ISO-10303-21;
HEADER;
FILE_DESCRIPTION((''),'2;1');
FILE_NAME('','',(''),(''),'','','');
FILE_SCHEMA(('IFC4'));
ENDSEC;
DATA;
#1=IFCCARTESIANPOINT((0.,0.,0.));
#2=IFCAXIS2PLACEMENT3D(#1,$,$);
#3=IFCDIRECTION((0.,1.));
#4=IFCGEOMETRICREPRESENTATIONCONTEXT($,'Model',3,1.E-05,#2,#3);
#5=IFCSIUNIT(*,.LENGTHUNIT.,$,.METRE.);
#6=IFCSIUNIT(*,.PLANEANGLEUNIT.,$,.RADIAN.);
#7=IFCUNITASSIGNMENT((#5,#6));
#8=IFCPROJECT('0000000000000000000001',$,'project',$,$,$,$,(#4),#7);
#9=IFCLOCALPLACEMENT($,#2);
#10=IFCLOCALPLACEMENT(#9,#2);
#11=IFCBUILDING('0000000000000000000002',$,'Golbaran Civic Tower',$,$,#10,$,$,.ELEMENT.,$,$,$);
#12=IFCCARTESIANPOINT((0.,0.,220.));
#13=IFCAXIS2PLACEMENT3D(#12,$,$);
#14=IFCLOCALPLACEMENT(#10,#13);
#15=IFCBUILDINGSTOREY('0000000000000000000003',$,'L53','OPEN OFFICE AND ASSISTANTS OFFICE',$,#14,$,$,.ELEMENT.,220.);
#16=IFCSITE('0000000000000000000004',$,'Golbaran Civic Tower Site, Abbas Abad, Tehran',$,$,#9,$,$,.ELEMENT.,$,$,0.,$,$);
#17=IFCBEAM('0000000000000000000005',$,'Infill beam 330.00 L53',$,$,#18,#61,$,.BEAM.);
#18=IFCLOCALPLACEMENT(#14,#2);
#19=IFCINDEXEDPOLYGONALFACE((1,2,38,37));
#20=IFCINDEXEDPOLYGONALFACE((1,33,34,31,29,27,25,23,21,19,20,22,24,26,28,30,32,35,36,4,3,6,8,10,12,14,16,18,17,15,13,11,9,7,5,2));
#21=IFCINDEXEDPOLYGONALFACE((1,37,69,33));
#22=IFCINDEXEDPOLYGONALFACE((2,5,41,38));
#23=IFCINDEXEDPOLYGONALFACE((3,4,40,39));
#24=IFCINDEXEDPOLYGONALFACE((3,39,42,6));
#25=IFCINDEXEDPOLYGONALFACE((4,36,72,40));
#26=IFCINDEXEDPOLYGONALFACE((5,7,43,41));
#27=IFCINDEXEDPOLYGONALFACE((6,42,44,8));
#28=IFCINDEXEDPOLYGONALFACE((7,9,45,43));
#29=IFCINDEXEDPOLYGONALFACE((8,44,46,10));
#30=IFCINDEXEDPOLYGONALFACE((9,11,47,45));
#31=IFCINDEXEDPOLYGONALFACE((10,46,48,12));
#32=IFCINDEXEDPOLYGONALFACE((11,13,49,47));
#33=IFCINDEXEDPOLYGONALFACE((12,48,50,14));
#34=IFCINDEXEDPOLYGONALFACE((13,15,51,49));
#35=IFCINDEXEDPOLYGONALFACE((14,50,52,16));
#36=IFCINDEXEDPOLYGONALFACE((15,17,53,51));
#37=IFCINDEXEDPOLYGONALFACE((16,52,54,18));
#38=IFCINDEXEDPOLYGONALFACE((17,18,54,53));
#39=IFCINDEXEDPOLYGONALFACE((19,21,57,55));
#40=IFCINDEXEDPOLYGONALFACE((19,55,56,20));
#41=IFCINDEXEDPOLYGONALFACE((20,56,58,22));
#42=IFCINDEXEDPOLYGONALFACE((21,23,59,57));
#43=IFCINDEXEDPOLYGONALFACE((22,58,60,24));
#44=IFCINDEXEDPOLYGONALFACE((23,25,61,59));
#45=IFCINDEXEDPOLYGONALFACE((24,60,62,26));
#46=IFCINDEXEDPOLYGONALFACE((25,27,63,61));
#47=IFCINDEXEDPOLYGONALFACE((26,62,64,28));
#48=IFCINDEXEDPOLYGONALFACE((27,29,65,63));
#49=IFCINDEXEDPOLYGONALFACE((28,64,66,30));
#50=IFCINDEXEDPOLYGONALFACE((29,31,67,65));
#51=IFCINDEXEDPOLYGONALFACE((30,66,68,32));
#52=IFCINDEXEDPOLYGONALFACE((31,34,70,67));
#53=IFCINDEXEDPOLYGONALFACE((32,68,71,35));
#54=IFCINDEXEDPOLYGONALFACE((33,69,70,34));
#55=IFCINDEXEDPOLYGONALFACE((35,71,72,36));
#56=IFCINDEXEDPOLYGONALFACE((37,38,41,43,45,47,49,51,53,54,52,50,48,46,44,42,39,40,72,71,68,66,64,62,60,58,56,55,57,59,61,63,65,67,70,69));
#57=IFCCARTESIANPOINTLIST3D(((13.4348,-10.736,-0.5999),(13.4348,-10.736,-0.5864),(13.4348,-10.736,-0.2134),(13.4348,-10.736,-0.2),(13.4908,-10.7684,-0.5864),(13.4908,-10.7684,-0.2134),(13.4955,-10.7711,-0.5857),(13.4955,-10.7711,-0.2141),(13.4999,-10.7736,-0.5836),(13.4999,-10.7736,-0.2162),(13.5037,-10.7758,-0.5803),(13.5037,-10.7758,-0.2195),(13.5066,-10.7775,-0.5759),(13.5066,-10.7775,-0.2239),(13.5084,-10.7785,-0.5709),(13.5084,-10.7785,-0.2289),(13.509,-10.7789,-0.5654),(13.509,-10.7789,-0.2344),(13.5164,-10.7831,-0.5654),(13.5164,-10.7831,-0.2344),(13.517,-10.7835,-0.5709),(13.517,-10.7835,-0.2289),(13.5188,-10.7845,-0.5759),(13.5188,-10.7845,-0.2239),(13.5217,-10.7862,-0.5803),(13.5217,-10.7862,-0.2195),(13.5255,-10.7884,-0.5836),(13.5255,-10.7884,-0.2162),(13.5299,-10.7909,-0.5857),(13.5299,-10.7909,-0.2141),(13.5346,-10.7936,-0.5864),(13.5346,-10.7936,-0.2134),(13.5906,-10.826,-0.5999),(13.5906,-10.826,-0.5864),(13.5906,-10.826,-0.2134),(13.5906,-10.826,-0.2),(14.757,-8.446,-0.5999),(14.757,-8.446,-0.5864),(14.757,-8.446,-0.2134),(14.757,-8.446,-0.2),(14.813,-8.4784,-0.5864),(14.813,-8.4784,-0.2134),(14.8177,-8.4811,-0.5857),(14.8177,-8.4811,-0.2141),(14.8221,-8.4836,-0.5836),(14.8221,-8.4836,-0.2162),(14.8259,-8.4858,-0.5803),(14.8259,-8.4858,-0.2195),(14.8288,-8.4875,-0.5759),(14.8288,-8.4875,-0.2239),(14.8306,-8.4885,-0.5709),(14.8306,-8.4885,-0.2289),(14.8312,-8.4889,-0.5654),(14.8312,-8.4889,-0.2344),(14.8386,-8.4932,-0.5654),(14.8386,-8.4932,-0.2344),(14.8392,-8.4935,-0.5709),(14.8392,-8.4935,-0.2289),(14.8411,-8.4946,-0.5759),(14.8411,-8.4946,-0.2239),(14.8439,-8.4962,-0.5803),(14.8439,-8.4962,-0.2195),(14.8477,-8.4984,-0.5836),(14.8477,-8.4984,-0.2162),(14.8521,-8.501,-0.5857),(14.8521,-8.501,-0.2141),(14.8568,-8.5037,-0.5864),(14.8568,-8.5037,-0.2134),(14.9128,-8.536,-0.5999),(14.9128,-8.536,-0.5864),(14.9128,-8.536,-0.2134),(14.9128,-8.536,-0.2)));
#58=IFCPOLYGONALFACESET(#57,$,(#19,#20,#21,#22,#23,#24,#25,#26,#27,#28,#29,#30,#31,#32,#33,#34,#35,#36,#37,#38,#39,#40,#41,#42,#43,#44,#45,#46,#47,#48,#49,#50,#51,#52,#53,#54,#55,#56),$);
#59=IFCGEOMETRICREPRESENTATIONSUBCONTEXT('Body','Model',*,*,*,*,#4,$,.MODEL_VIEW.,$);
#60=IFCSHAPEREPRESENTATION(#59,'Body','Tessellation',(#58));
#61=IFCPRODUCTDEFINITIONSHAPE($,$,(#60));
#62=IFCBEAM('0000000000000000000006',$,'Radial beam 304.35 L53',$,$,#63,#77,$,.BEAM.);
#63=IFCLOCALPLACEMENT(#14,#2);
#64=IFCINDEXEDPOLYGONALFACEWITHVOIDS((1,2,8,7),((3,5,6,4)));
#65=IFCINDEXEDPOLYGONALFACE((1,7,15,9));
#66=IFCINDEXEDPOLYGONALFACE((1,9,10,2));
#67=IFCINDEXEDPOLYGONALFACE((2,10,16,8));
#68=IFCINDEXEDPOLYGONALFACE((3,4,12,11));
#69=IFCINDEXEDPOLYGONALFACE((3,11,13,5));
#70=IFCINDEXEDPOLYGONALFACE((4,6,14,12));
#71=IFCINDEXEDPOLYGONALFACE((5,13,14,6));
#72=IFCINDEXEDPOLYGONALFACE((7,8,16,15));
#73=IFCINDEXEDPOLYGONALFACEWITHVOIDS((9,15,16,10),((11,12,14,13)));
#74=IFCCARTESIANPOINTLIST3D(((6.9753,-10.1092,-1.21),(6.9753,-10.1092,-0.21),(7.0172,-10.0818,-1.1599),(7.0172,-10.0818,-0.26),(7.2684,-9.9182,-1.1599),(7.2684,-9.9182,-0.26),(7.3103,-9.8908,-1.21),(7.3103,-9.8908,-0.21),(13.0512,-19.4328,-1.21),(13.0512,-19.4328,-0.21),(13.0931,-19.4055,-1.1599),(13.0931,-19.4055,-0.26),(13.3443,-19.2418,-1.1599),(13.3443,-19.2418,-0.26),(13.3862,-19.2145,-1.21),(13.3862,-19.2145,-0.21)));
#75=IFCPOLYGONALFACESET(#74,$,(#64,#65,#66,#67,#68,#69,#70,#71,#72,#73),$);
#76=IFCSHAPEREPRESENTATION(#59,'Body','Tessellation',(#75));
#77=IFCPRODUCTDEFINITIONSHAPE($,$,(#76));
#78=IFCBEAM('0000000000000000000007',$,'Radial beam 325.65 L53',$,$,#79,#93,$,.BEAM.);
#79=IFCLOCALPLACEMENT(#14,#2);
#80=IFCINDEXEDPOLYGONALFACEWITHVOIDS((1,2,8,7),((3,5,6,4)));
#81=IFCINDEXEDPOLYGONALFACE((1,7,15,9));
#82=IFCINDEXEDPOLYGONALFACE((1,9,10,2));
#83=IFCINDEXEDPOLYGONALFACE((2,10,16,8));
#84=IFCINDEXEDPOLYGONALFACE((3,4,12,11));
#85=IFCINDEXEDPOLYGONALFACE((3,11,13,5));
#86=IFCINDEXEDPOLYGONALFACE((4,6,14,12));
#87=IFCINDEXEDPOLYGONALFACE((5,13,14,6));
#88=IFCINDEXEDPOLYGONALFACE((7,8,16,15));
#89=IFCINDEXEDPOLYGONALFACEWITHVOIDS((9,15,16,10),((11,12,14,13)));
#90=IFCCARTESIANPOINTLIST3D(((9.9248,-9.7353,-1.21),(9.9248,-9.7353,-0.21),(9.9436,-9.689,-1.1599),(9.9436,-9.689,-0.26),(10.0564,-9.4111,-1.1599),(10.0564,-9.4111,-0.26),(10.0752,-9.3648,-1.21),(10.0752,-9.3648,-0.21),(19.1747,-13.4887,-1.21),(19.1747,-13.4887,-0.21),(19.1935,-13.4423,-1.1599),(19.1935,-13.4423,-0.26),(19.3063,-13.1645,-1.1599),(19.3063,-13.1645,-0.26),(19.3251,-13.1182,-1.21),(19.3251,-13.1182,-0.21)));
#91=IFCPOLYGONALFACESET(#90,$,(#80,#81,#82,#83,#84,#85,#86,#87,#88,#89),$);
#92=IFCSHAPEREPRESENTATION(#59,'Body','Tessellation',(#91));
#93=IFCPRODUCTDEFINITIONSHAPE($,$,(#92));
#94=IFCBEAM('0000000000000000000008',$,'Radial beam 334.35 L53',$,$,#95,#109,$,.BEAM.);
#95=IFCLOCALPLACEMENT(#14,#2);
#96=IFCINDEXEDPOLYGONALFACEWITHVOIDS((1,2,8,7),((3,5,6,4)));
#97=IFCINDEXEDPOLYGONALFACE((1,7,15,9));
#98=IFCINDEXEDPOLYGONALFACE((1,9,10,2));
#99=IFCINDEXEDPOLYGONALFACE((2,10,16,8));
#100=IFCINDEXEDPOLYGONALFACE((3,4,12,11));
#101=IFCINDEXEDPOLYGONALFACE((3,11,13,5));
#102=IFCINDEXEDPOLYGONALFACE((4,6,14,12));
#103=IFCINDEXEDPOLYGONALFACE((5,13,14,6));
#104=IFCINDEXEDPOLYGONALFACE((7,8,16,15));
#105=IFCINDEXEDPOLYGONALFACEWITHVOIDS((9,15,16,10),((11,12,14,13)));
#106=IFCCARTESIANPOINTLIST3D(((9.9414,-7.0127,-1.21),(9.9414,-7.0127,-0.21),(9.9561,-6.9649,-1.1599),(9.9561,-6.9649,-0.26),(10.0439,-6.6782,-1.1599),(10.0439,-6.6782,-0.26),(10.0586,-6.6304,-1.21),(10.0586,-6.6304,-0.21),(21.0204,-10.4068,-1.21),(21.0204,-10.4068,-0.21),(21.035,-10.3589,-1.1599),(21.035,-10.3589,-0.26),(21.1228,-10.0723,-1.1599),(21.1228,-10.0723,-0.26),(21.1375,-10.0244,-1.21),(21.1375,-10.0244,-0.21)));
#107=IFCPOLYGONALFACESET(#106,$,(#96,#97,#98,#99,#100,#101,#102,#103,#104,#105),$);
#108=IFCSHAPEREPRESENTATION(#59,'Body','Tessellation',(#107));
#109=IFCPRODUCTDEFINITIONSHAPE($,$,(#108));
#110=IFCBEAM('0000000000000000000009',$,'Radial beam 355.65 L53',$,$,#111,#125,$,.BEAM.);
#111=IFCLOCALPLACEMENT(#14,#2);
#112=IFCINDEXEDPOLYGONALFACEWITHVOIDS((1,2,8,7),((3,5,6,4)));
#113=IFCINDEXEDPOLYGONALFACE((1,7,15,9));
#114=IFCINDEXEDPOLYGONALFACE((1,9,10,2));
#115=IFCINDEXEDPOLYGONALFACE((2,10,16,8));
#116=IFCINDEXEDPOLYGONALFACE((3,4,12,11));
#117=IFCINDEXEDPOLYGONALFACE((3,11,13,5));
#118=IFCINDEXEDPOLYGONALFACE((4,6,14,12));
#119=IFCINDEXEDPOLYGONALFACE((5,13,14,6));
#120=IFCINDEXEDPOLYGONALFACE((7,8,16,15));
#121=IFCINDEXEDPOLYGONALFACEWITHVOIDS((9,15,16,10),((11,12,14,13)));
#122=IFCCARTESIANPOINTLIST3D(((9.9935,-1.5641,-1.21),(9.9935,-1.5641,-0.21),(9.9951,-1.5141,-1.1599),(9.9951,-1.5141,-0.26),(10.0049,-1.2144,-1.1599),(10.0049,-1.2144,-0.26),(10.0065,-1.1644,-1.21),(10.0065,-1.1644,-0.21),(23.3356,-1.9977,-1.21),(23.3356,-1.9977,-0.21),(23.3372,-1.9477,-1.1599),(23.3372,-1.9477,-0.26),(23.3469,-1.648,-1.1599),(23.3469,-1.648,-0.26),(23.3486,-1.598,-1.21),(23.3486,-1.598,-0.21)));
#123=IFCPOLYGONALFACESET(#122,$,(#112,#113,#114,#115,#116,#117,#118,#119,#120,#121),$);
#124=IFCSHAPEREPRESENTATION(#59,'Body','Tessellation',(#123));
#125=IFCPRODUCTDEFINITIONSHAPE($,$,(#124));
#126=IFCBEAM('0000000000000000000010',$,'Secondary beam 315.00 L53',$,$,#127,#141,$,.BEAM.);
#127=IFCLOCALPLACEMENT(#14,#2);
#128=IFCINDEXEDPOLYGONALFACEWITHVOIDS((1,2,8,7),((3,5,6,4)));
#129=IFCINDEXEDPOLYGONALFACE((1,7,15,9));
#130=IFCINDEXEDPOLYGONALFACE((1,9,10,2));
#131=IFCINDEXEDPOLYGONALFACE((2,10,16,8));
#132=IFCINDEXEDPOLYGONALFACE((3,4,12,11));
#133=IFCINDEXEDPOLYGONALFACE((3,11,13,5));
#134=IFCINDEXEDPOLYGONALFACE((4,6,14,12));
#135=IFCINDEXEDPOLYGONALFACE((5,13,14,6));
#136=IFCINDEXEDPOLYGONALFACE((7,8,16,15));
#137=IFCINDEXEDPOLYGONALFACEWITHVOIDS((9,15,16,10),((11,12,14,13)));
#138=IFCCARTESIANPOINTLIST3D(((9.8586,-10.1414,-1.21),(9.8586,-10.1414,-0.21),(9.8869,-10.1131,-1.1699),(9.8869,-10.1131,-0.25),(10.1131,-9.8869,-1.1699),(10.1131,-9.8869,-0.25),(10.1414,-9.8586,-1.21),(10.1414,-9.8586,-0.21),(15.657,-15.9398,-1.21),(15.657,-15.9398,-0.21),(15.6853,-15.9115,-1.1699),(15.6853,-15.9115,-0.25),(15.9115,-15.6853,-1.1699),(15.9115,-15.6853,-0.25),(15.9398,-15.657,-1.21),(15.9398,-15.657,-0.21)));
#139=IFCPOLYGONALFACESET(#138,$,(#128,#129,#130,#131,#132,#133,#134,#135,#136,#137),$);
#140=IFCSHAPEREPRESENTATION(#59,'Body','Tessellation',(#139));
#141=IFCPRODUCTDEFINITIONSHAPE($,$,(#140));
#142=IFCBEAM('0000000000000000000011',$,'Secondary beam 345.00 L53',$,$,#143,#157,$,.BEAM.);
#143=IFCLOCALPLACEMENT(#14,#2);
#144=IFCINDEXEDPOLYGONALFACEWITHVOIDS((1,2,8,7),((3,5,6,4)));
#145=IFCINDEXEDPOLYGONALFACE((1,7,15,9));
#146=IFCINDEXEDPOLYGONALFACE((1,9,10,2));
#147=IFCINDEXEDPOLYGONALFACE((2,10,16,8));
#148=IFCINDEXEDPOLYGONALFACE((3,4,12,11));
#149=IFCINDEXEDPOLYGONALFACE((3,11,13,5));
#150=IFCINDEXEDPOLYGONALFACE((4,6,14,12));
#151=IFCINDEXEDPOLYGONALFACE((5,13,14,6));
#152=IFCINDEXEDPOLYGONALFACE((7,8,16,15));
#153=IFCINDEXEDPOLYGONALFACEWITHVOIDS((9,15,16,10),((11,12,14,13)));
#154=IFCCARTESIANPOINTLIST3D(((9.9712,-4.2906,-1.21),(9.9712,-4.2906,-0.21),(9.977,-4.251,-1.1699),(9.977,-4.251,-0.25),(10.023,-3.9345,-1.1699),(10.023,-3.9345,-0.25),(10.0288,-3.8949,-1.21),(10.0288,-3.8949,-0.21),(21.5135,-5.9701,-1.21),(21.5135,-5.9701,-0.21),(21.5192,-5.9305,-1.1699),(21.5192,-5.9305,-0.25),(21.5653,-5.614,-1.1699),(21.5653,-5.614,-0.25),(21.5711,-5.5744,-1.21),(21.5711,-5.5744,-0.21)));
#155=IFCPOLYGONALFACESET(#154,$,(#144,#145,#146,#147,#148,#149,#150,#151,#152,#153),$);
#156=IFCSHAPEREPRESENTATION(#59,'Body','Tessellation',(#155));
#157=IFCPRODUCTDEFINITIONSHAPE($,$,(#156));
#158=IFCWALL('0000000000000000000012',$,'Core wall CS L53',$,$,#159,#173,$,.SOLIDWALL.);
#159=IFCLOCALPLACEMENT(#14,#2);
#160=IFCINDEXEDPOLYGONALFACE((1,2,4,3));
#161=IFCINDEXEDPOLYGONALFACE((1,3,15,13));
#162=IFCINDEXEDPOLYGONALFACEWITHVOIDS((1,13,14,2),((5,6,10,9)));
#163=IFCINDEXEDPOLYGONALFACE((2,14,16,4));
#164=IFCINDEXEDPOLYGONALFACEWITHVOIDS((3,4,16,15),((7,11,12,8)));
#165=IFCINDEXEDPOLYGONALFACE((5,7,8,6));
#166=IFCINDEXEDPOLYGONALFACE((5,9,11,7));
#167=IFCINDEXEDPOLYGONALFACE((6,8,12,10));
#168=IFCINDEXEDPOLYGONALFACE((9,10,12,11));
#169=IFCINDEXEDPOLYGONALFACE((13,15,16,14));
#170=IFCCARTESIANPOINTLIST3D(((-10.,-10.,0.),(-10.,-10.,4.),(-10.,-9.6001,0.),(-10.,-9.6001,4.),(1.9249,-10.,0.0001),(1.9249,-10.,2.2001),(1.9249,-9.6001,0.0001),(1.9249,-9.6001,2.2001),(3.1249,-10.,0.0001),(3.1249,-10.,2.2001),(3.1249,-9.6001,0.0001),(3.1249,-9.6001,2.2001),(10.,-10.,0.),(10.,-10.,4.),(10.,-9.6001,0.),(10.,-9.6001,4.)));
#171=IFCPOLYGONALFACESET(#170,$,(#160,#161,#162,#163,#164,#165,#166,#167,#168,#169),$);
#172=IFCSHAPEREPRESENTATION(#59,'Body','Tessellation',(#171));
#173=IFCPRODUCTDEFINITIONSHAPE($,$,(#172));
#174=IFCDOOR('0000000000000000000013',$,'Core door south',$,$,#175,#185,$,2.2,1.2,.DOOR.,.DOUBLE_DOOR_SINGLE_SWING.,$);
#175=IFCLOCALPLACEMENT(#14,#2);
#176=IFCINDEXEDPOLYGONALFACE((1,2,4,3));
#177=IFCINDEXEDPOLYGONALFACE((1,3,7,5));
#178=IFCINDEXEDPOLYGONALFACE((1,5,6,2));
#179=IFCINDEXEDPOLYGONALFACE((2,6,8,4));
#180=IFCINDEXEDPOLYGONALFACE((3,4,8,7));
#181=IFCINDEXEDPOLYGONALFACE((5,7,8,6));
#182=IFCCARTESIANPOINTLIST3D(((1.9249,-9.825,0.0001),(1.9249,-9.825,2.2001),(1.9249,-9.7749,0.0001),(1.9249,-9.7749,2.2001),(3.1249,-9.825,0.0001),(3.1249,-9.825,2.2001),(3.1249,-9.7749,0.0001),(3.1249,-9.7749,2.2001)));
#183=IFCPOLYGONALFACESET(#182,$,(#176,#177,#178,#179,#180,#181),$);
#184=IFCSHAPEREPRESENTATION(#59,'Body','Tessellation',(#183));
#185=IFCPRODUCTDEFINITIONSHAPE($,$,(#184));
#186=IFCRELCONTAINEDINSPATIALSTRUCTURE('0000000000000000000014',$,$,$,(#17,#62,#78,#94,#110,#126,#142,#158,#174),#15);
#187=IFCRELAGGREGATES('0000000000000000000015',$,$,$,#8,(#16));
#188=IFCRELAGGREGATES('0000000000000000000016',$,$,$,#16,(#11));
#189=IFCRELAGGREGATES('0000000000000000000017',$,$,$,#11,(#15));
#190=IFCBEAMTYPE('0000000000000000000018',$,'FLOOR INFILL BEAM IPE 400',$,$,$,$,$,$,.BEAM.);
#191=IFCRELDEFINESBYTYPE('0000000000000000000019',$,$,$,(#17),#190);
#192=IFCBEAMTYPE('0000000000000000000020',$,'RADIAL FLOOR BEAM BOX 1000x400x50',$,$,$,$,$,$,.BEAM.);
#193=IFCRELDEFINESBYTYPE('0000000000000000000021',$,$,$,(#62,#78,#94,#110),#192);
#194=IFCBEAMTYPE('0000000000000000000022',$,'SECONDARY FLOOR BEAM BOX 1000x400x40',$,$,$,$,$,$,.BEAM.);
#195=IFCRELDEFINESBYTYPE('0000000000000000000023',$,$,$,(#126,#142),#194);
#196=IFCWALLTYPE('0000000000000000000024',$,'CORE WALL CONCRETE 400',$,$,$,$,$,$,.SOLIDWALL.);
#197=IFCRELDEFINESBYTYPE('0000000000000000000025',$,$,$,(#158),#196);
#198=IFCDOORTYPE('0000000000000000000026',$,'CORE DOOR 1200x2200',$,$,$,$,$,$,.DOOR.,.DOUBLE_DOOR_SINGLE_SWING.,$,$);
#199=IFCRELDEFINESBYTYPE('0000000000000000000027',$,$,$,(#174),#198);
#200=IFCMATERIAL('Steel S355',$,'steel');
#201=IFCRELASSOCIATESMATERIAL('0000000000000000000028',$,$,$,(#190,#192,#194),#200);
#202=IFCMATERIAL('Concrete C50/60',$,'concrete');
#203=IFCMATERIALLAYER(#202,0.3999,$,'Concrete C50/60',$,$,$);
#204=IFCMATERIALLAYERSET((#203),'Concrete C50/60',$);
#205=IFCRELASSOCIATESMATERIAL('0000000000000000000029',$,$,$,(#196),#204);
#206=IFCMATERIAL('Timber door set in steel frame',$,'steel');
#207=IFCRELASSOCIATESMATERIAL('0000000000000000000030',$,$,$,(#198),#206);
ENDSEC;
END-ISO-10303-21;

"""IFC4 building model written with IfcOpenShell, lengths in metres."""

from ifc_helpers import new_model, si_unit, direction, frame, frame_2d, origin, origin_2d, place, context, subcontext, project, spatial, rectangle, hollow_rectangle, i_section, extrude, material, layer, layer_set, material_profile, profile_set, type_object, element, fill, save


model = new_model("IFC4")

# Units and contexts
model_context = context("Model", 3, precision=1e-05, world=origin(), true_north=direction((0.0, 1.0)))
body_context = subcontext(model_context, "Body", "Model", "MODEL_VIEW")
ifc_project = project(units=[si_unit("LENGTHUNIT", "METRE"), si_unit("PLANEANGLEUNIT", "RADIAN")], contexts=[model_context])

# Site, building, storey
site_placement = place(None, origin())
site = spatial("IfcSite", under=ifc_project, at=site_placement, Name="Golbaran Civic Tower Site, Abbas Abad, Tehran", CompositionType="ELEMENT", RefElevation=0.0)
building_placement = place(site_placement, origin())
building = spatial("IfcBuilding", under=site, at=building_placement, Name="Golbaran Civic Tower", CompositionType="ELEMENT")
storey_placement = place(building_placement, frame((0.0, 0.0, 220.0)))
storey = spatial("IfcBuildingStorey", under=building, at=storey_placement, Name="L53", Description="OPEN OFFICE AND ASSISTANTS OFFICE", CompositionType="ELEMENT", Elevation=220.0)

# Beams
ifc_material_1 = material(Name="Steel S355", Category="steel")
ifc_material_profile_1 = material_profile(ifc_material_1, i_section(OverallWidth=0.1799, OverallDepth=0.3999, WebThickness=0.0085, FlangeThickness=0.0134, FilletRadius=0.021, at=origin_2d()), Name="IPE 400")
ifc_profile_set_1 = profile_set([ifc_material_profile_1], Name="Steel S355")
beam_type_1 = type_object("IfcBeamType", Name="FLOOR INFILL BEAM IPE 400", PredefinedType="BEAM", material=ifc_profile_set_1)
beam_1_placement = place(storey_placement, frame((13.5127, -10.781, -0.3999), z_axis=(0.500031, 0.866007, 0.0), x_axis=(-0.866007, 0.500031, 0.0)))
element("IfcBeam", 1, at=beam_1_placement, inside=storey, type_object=beam_type_1, Name="Infill beam 330.00 L53", PredefinedType="BEAM", context=body_context, shape_type="SweptSolid", body=[
    extrude(i_section(OverallWidth=0.1799, OverallDepth=0.3999, WebThickness=0.0085, FlangeThickness=0.0134, FilletRadius=0.021, at=origin_2d()), origin(), (0.0, 0.0, 1.0), 2.6443),
])
ifc_material_profile_2 = material_profile(ifc_material_1, hollow_rectangle(XDim=0.3999, YDim=1.0, WallThickness=0.05, at=origin_2d()), Name="BOX 1000x400x50")
ifc_profile_set_2 = profile_set([ifc_material_profile_2], Name="Steel S355")
beam_type_2 = type_object("IfcBeamType", Name="RADIAL FLOOR BEAM BOX 1000x400x50", PredefinedType="BEAM", material=ifc_profile_set_2)
beam_2_placement = place(storey_placement, frame((7.1428, -10.0, -0.71), z_axis=(0.545967, -0.837806, 0.0), x_axis=(0.837806, 0.545967, 0.0)))
element("IfcBeam", 2, at=beam_2_placement, inside=storey, type_object=beam_type_2, Name="Radial beam 304.35 L53", PredefinedType="BEAM", context=body_context, shape_type="SweptSolid", body=[
    extrude(hollow_rectangle(XDim=0.3999, YDim=1.0, WallThickness=0.05, at=origin_2d()), origin(), (0.0, 0.0, 1.0), 11.1287),
])
beam_3_placement = place(storey_placement, frame((10.0, -9.55, -0.71), z_axis=(0.92662, -0.375999, 0.0), x_axis=(0.375999, 0.92662, 0.0)))
element("IfcBeam", 3, at=beam_3_placement, inside=storey, type_object=beam_type_2, Name="Radial beam 325.65 L53", PredefinedType="BEAM", context=body_context, shape_type="SweptSolid", body=[
    extrude(hollow_rectangle(XDim=0.3999, YDim=1.0, WallThickness=0.05, at=origin_2d()), origin(), (0.0, 0.0, 1.0), 9.9824),
])
beam_4_placement = place(storey_placement, frame((10.0, -6.8215, -0.71), z_axis=(0.956138, -0.292916, 0.0), x_axis=(0.292916, 0.956138, 0.0)))
element("IfcBeam", 4, at=beam_4_placement, inside=storey, type_object=beam_type_2, Name="Radial beam 334.35 L53", PredefinedType="BEAM", context=body_context, shape_type="SweptSolid", body=[
    extrude(hollow_rectangle(XDim=0.3999, YDim=1.0, WallThickness=0.05, at=origin_2d()), origin(), (0.0, 0.0, 1.0), 11.5872),
])
beam_5_placement = place(storey_placement, frame((10.0, -1.3643, -0.71), z_axis=(0.999472, -0.032481, 0.0), x_axis=(0.032481, 0.999472, 0.0)))
element("IfcBeam", 5, at=beam_5_placement, inside=storey, type_object=beam_type_2, Name="Radial beam 355.65 L53", PredefinedType="BEAM", context=body_context, shape_type="SweptSolid", body=[
    extrude(hollow_rectangle(XDim=0.3999, YDim=1.0, WallThickness=0.05, at=origin_2d()), origin(), (0.0, 0.0, 1.0), 13.3491),
])
ifc_material_profile_3 = material_profile(ifc_material_1, hollow_rectangle(XDim=0.3999, YDim=1.0, WallThickness=0.04, at=origin_2d()), Name="BOX 1000x400x40")
ifc_profile_set_3 = profile_set([ifc_material_profile_3], Name="Steel S355")
beam_type_3 = type_object("IfcBeamType", Name="SECONDARY FLOOR BEAM BOX 1000x400x40", PredefinedType="BEAM", material=ifc_profile_set_3)
beam_6_placement = place(storey_placement, frame((10.0, -10.0, -0.71), z_axis=(0.707107, -0.707107, 0.0), x_axis=(0.707107, 0.707107, 0.0)))
element("IfcBeam", 6, at=beam_6_placement, inside=storey, type_object=beam_type_3, Name="Secondary beam 315.00 L53", PredefinedType="BEAM", context=body_context, shape_type="SweptSolid", body=[
    extrude(hollow_rectangle(XDim=0.3999, YDim=1.0, WallThickness=0.04, at=origin_2d()), origin(), (0.0, 0.0, 1.0), 8.2002),
])
beam_7_placement = place(storey_placement, frame((10.0, -4.0928, -0.71), z_axis=(0.989579, -0.143988, 0.0), x_axis=(0.143988, 0.989579, 0.0)))
element("IfcBeam", 7, at=beam_7_placement, inside=storey, type_object=beam_type_3, Name="Secondary beam 345.00 L53", PredefinedType="BEAM", context=body_context, shape_type="SweptSolid", body=[
    extrude(hollow_rectangle(XDim=0.3999, YDim=1.0, WallThickness=0.04, at=origin_2d()), origin(), (0.0, 0.0, 1.0), 11.6638),
])

# Wall, opening, door
ifc_material_2 = material(Name="Concrete C50/60", Category="concrete")
ifc_layer_1 = layer(ifc_material_2, 0.3999, Name="Concrete C50/60")
ifc_layer_set_1 = layer_set([ifc_layer_1], Name="Concrete C50/60")
wall_type_1 = type_object("IfcWallType", Name="CORE WALL CONCRETE 400", PredefinedType="SOLIDWALL", material=ifc_layer_set_1)
wall_1_placement = place(storey_placement, frame((10.0, -9.8, 0.0), z_axis=(0.0, 0.0, 1.0), x_axis=(-1.0, 0.0, 0.0)))
wall_1 = element("IfcWall", 8, at=wall_1_placement, inside=storey, type_object=wall_type_1, Name="Core wall CS L53", PredefinedType="SOLIDWALL", context=body_context, shape_type="SweptSolid", body=[
    extrude(rectangle(XDim=20.0, YDim=0.3999, at=frame_2d((10.0, 0.0))), origin(), (0.0, 0.0, 1.0), 4.0),
])
opening_1_placement = place(wall_1_placement, frame((6.875, 0.0, 0.0)))
opening_1 = element("IfcOpeningElement", 9, at=opening_1_placement, cuts=wall_1, PredefinedType="OPENING", context=body_context, shape_type="SweptSolid", body=[
    extrude(rectangle(XDim=1.2, YDim=2.2, at=frame_2d((0.6001, 1.1001))), frame((0.0, 0.21, 0.0), z_axis=(0.0, -1.0, 0.0), x_axis=(1.0, 0.0, 0.0)), (0.0, 0.0, 1.0), 0.4199),
])
ifc_material_3 = material(Name="Timber door set in steel frame", Category="steel")
door_type_1 = type_object("IfcDoorType", Name="CORE DOOR 1200x2200", OperationType="DOUBLE_DOOR_SINGLE_SWING", PredefinedType="DOOR", material=ifc_material_3)
door_1_placement = place(opening_1_placement, origin())
door_1 = element("IfcDoor", 10, at=door_1_placement, inside=storey, type_object=door_type_1, Name="Core door south", OperationType="DOUBLE_DOOR_SINGLE_SWING", OverallHeight=2.2, OverallWidth=1.2, PredefinedType="DOOR", context=body_context, shape_type="SweptSolid", body=[
    extrude(rectangle(XDim=1.2, YDim=2.2, at=frame_2d((0.6001, 1.1001))), frame((0.0, 0.0249, 0.0), z_axis=(0.0, -1.0, 0.0), x_axis=(1.0, 0.0, 0.0)), (0.0, 0.0, 1.0), 0.05),
])
fill(opening_1, door_1)

save(model, "model.ifc")
